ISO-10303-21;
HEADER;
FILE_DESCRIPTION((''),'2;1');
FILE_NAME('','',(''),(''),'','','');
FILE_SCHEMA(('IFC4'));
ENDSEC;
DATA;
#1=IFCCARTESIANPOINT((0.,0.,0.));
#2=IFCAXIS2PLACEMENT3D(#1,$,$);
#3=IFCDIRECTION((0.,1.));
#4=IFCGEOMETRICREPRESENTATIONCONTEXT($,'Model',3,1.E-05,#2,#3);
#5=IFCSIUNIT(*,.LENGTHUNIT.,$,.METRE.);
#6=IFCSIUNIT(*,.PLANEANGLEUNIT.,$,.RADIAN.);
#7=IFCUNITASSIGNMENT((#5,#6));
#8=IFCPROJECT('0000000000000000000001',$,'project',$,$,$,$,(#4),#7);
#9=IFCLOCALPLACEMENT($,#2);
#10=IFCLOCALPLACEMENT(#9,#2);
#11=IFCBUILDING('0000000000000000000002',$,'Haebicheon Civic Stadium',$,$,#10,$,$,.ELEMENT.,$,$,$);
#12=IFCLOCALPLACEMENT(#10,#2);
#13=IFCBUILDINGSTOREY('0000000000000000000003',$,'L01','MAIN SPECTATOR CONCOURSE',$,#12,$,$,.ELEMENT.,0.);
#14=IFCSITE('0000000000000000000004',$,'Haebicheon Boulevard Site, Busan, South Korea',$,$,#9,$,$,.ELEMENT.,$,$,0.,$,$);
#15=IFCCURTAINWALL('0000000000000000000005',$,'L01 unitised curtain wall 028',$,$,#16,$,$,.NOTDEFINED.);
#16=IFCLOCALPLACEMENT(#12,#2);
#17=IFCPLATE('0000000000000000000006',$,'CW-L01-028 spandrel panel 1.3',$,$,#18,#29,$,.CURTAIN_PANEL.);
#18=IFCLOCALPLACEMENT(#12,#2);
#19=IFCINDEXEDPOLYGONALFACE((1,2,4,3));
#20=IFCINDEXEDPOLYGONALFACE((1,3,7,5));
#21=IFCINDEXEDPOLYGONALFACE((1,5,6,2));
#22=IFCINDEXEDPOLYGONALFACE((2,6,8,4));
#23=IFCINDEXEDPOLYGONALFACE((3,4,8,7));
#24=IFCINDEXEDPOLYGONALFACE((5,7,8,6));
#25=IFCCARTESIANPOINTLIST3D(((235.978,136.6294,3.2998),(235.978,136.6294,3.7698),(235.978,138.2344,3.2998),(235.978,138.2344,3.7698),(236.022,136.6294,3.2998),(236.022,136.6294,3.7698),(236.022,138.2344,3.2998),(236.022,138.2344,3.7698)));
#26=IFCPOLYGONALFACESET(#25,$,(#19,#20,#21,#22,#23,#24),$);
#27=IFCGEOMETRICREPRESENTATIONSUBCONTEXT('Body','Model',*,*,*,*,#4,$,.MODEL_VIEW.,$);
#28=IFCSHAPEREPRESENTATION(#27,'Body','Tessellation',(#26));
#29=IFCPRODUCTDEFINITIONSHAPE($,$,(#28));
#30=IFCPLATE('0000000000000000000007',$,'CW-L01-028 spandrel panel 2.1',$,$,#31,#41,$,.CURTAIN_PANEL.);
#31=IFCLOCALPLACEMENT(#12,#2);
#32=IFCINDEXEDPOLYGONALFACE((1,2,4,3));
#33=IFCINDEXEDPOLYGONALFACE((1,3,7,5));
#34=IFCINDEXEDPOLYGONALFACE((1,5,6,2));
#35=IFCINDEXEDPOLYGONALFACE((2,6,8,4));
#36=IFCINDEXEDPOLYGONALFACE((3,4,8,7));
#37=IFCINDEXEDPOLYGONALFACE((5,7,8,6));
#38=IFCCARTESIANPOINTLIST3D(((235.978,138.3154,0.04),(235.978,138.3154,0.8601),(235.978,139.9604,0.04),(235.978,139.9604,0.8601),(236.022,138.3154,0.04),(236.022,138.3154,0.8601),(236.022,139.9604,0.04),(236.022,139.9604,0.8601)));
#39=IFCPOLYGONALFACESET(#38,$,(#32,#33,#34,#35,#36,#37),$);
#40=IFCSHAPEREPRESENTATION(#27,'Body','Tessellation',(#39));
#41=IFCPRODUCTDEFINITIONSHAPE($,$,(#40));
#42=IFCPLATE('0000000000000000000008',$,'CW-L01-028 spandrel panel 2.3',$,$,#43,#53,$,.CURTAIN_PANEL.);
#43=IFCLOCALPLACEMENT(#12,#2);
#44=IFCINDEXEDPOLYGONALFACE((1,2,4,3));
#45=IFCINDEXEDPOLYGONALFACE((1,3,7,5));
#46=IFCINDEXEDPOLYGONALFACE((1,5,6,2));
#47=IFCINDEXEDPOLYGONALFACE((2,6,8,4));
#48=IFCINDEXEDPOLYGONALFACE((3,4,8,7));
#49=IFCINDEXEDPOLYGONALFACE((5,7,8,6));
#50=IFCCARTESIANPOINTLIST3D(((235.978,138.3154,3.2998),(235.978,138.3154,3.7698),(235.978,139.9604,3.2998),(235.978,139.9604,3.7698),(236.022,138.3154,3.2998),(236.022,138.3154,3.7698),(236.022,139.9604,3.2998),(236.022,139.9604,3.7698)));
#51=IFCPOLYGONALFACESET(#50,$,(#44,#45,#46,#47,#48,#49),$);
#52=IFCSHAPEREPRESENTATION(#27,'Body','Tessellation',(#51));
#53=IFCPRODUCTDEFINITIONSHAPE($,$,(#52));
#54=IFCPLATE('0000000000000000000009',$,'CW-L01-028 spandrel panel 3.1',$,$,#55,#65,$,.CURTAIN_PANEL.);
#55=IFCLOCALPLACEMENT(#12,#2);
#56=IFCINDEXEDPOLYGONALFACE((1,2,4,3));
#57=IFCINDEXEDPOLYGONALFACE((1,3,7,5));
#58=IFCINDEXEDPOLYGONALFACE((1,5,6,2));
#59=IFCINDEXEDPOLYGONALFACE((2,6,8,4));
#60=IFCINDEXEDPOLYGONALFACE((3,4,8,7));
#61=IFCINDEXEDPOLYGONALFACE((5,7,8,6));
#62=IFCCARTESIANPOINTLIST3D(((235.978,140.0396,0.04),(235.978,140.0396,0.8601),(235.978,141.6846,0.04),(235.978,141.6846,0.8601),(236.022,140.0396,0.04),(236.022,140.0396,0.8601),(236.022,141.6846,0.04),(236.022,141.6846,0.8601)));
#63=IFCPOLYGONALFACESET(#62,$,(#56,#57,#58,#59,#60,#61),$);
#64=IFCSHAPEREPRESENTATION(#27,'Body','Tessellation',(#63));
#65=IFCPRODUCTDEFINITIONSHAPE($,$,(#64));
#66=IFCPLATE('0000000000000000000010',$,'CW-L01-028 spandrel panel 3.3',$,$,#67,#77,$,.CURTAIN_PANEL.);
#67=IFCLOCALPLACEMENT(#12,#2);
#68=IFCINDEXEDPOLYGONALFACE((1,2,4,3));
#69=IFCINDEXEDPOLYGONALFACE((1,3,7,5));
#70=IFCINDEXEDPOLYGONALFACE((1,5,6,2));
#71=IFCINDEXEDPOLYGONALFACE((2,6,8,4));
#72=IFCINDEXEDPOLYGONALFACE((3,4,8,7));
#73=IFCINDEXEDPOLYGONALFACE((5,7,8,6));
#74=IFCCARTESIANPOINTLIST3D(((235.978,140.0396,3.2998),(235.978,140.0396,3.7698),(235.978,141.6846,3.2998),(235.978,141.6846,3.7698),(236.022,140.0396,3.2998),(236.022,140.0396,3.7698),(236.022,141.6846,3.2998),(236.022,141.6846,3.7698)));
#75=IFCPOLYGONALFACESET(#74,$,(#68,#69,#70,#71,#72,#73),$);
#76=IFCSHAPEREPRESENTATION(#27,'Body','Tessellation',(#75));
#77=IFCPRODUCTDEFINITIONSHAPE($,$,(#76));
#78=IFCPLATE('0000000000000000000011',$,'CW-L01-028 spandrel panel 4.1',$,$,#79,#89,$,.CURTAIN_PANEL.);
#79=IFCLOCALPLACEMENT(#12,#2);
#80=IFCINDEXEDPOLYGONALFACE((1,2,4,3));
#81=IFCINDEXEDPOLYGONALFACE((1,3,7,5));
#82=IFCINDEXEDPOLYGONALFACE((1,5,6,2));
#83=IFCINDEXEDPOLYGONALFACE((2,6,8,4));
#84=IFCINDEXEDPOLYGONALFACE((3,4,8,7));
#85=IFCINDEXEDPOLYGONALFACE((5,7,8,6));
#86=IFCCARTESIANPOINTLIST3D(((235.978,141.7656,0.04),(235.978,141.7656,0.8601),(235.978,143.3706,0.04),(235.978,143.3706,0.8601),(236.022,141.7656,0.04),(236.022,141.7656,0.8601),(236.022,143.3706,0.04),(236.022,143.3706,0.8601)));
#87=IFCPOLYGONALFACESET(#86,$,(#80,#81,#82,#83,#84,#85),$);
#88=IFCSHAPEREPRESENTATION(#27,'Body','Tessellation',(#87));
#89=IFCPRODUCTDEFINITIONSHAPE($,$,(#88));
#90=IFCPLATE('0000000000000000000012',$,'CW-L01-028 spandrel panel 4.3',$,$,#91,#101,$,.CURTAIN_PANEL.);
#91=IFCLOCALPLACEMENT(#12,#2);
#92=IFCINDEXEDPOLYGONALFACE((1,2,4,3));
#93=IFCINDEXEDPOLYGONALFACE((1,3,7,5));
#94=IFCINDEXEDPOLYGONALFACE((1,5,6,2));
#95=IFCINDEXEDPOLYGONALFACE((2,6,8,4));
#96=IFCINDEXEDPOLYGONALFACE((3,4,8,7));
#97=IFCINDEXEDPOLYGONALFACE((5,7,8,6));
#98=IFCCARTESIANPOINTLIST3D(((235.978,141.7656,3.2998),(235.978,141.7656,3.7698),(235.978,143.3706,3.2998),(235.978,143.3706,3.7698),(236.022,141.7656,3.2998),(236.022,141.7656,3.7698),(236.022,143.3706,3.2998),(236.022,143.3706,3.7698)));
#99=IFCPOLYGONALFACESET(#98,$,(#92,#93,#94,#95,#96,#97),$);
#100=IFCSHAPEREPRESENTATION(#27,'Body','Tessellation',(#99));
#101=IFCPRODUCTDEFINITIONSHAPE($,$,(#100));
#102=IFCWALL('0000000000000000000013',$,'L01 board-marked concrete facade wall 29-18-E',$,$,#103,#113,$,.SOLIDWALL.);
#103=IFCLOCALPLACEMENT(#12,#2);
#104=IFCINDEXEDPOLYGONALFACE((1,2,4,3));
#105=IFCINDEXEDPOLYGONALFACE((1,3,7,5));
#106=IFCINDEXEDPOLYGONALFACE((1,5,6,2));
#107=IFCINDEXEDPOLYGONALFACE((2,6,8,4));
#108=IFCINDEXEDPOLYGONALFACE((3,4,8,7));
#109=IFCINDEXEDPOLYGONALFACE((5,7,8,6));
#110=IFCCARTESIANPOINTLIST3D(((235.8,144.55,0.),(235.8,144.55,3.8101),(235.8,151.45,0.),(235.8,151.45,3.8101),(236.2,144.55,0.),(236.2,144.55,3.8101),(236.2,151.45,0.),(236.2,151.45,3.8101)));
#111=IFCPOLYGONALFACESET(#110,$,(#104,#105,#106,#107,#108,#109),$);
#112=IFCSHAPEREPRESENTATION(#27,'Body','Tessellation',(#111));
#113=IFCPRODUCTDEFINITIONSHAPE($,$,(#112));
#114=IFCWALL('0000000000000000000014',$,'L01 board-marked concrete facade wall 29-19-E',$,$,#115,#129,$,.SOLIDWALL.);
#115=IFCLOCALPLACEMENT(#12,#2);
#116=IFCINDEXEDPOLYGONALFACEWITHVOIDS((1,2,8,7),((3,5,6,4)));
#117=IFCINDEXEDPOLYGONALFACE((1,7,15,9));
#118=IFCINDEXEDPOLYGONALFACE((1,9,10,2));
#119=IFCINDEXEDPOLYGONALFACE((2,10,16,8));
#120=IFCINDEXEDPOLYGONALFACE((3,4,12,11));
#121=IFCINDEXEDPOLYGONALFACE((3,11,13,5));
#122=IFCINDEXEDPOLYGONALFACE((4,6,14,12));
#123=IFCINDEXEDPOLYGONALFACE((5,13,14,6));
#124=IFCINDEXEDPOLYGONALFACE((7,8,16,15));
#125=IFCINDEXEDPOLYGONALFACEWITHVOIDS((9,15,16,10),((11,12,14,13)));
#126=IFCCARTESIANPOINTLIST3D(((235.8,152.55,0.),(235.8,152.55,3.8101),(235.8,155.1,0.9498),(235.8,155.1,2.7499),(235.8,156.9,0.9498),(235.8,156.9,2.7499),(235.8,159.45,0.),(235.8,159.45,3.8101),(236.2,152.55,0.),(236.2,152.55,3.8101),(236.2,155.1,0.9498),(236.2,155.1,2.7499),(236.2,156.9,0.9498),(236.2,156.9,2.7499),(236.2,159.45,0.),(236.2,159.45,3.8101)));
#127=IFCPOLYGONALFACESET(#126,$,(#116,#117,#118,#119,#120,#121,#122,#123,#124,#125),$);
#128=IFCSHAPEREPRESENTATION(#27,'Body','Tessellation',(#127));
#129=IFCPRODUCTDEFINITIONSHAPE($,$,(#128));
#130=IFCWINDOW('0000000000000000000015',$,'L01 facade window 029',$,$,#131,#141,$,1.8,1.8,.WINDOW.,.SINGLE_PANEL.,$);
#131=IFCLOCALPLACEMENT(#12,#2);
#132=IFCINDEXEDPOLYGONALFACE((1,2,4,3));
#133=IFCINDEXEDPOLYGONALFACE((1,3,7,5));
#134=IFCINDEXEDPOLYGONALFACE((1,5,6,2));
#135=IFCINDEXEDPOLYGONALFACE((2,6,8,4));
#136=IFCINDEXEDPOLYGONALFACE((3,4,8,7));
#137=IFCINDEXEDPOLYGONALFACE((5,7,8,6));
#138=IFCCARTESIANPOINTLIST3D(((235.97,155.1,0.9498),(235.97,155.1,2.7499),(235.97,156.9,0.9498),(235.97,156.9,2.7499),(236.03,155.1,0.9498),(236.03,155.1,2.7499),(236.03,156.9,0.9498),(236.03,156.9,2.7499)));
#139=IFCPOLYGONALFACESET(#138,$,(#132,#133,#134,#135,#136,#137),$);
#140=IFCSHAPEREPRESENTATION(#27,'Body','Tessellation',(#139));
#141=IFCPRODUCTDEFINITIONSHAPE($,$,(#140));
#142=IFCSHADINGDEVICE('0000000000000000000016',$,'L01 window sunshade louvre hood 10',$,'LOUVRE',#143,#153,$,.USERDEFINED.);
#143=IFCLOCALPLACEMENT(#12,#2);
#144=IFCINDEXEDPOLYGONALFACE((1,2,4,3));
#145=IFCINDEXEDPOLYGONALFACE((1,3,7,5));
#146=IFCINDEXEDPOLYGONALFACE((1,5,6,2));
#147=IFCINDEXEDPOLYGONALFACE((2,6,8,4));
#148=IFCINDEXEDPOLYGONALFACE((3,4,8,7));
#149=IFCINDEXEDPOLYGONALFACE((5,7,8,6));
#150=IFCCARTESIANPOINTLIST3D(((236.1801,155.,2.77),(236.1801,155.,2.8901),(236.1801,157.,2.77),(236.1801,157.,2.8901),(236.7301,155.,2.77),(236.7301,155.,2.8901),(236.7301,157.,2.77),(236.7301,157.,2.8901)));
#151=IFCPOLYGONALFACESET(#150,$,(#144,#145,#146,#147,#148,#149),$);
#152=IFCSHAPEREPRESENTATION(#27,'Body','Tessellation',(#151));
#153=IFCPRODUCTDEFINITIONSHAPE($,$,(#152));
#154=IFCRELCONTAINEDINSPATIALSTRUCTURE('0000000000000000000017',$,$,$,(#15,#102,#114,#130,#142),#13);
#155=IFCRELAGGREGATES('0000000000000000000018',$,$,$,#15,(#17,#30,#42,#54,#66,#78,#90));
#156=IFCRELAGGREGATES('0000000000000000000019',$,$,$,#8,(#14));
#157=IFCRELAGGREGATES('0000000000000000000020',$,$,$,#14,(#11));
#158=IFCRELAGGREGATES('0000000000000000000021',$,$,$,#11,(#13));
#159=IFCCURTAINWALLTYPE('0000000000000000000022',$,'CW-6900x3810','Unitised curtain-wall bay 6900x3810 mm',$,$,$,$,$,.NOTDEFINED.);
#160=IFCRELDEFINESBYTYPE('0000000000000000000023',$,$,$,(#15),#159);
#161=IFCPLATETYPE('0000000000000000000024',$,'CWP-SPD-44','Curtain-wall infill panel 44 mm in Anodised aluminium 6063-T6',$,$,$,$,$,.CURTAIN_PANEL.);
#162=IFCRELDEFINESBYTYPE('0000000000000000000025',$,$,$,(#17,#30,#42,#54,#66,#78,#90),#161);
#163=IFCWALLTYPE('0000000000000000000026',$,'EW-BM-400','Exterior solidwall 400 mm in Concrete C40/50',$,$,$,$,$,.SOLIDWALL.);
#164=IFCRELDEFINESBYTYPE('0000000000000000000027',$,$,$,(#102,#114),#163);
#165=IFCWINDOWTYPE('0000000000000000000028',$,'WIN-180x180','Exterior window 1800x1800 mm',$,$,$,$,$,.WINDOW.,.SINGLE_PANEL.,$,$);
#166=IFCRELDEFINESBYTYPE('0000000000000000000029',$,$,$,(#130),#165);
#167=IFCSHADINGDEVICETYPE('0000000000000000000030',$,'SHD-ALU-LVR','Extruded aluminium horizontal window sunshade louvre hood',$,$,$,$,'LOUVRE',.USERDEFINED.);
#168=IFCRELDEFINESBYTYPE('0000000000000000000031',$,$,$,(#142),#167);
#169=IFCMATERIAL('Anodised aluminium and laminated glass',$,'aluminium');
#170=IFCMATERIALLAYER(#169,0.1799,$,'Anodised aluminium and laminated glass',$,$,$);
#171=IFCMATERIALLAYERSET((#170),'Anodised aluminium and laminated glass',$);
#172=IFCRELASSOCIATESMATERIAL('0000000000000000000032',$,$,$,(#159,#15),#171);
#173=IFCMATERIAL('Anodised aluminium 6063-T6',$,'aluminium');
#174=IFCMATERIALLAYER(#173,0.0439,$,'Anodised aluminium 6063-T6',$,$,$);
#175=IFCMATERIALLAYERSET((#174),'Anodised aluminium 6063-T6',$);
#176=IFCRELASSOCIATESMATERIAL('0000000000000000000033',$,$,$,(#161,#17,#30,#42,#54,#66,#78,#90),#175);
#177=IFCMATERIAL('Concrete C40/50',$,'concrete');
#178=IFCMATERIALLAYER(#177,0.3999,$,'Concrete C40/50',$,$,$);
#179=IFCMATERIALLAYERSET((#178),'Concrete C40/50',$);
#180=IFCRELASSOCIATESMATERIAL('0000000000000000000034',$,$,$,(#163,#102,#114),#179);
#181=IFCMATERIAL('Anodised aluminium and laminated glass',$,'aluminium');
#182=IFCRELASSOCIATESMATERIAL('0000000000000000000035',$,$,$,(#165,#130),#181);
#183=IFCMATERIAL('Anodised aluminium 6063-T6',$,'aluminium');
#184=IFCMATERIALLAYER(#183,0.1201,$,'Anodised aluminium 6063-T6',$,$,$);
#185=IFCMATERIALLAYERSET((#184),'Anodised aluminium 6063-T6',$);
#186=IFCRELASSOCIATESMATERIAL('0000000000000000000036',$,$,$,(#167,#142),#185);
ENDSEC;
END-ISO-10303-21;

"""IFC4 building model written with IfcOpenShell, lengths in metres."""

from ifc_helpers import new_model, si_unit, direction, frame, frame_2d, origin, origin_2d, place, context, subcontext, project, spatial, rectangle, extrude, material, layer, layer_set, type_object, element, fill, aggregate, save


model = new_model("IFC4")

# Units and contexts
model_context = context("Model", 3, precision=1e-05, world=origin(), true_north=direction((0.0, 1.0)))
body_context = subcontext(model_context, "Body", "Model", "MODEL_VIEW")
ifc_project = project(units=[si_unit("LENGTHUNIT", "METRE"), si_unit("PLANEANGLEUNIT", "RADIAN")], contexts=[model_context])

# Site, building, storey
site_placement = place(None, origin())
site = spatial("IfcSite", under=ifc_project, at=site_placement, Name="Haebicheon Boulevard Site, Busan, South Korea", CompositionType="ELEMENT", RefElevation=0.0)
building_placement = place(site_placement, origin())
building = spatial("IfcBuilding", under=site, at=building_placement, Name="Haebicheon Civic Stadium", CompositionType="ELEMENT")
storey_placement = place(building_placement, origin())
storey = spatial("IfcBuildingStorey", under=building, at=storey_placement, Name="L01", Description="MAIN SPECTATOR CONCOURSE", CompositionType="ELEMENT", Elevation=0.0)

# Curtain wall
ifc_material_1 = material(Name="Anodised aluminium and laminated glass", Category="aluminium")
ifc_layer_1 = layer(ifc_material_1, 0.1799, Name="Anodised aluminium and laminated glass")
ifc_layer_set_1 = layer_set([ifc_layer_1], Name="Anodised aluminium and laminated glass")
curtain_wall_type = type_object("IfcCurtainWallType", Name="CW-6900x3810", Description="Unitised curtain-wall bay 6900x3810 mm", PredefinedType="NOTDEFINED", material=ifc_layer_set_1)
curtain_wall_placement = place(storey_placement, origin())
curtain_wall = element("IfcCurtainWall", 1, at=curtain_wall_placement, inside=storey, type_object=curtain_wall_type, material=ifc_layer_set_1, Name="L01 unitised curtain wall 028", PredefinedType="NOTDEFINED")

# Plates
ifc_material_2 = material(Name="Anodised aluminium 6063-T6", Category="aluminium")
ifc_layer_2 = layer(ifc_material_2, 0.0439, Name="Anodised aluminium 6063-T6")
ifc_layer_set_2 = layer_set([ifc_layer_2], Name="Anodised aluminium 6063-T6")
plate_type_1 = type_object("IfcPlateType", Name="CWP-SPD-44", Description="Curtain-wall infill panel 44 mm in Anodised aluminium 6063-T6", PredefinedType="CURTAIN_PANEL", material=ifc_layer_set_2)
plate_1_placement = place(storey_placement, frame((236.0, 137.4319, 3.2998), z_axis=(0.0, 0.0, 1.0), x_axis=(0.0, 1.0, 0.0)))
plate_1 = element("IfcPlate", 2, at=plate_1_placement, type_object=plate_type_1, material=ifc_layer_set_2, Name="CW-L01-028 spandrel panel 1.3", PredefinedType="CURTAIN_PANEL", context=body_context, shape_type="SweptSolid", body=[
    extrude(rectangle(XDim=1.605, YDim=0.0439, at=origin_2d()), origin(), (0.0, 0.0, 1.0), 0.47),
])
plate_2_placement = place(storey_placement, frame((236.0, 139.1379, 0.04), z_axis=(0.0, 0.0, 1.0), x_axis=(0.0, 1.0, 0.0)))
plate_2 = element("IfcPlate", 3, at=plate_2_placement, type_object=plate_type_1, material=ifc_layer_set_2, Name="CW-L01-028 spandrel panel 2.1", PredefinedType="CURTAIN_PANEL", context=body_context, shape_type="SweptSolid", body=[
    extrude(rectangle(XDim=1.645, YDim=0.0439, at=origin_2d()), origin(), (0.0, 0.0, 1.0), 0.8201),
])
plate_3_placement = place(storey_placement, frame((236.0, 139.1379, 3.2998), z_axis=(0.0, 0.0, 1.0), x_axis=(0.0, 1.0, 0.0)))
plate_3 = element("IfcPlate", 4, at=plate_3_placement, type_object=plate_type_1, material=ifc_layer_set_2, Name="CW-L01-028 spandrel panel 2.3", PredefinedType="CURTAIN_PANEL", context=body_context, shape_type="SweptSolid", body=[
    extrude(rectangle(XDim=1.645, YDim=0.0439, at=origin_2d()), origin(), (0.0, 0.0, 1.0), 0.47),
])
plate_4_placement = place(storey_placement, frame((236.0, 140.8621, 0.04), z_axis=(0.0, 0.0, 1.0), x_axis=(0.0, 1.0, 0.0)))
plate_4 = element("IfcPlate", 5, at=plate_4_placement, type_object=plate_type_1, material=ifc_layer_set_2, Name="CW-L01-028 spandrel panel 3.1", PredefinedType="CURTAIN_PANEL", context=body_context, shape_type="SweptSolid", body=[
    extrude(rectangle(XDim=1.645, YDim=0.0439, at=origin_2d()), origin(), (0.0, 0.0, 1.0), 0.8201),
])
plate_5_placement = place(storey_placement, frame((236.0, 140.8621, 3.2998), z_axis=(0.0, 0.0, 1.0), x_axis=(0.0, 1.0, 0.0)))
plate_5 = element("IfcPlate", 6, at=plate_5_placement, type_object=plate_type_1, material=ifc_layer_set_2, Name="CW-L01-028 spandrel panel 3.3", PredefinedType="CURTAIN_PANEL", context=body_context, shape_type="SweptSolid", body=[
    extrude(rectangle(XDim=1.645, YDim=0.0439, at=origin_2d()), origin(), (0.0, 0.0, 1.0), 0.47),
])
plate_6_placement = place(storey_placement, frame((236.0, 142.5681, 0.04), z_axis=(0.0, 0.0, 1.0), x_axis=(0.0, 1.0, 0.0)))
plate_6 = element("IfcPlate", 7, at=plate_6_placement, type_object=plate_type_1, material=ifc_layer_set_2, Name="CW-L01-028 spandrel panel 4.1", PredefinedType="CURTAIN_PANEL", context=body_context, shape_type="SweptSolid", body=[
    extrude(rectangle(XDim=1.605, YDim=0.0439, at=origin_2d()), origin(), (0.0, 0.0, 1.0), 0.8201),
])
plate_7_placement = place(storey_placement, frame((236.0, 142.5681, 3.2998), z_axis=(0.0, 0.0, 1.0), x_axis=(0.0, 1.0, 0.0)))
plate_7 = element("IfcPlate", 8, at=plate_7_placement, type_object=plate_type_1, material=ifc_layer_set_2, Name="CW-L01-028 spandrel panel 4.3", PredefinedType="CURTAIN_PANEL", context=body_context, shape_type="SweptSolid", body=[
    extrude(rectangle(XDim=1.605, YDim=0.0439, at=origin_2d()), origin(), (0.0, 0.0, 1.0), 0.47),
])
aggregate(curtain_wall, [plate_1, plate_2, plate_3, plate_4, plate_5, plate_6, plate_7])

# Wall
ifc_material_3 = material(Name="Concrete C40/50", Category="concrete")
ifc_layer_3 = layer(ifc_material_3, 0.3999, Name="Concrete C40/50")
ifc_layer_set_3 = layer_set([ifc_layer_3], Name="Concrete C40/50")
wall_type = type_object("IfcWallType", Name="EW-BM-400", Description="Exterior solidwall 400 mm in Concrete C40/50", PredefinedType="SOLIDWALL", material=ifc_layer_set_3)
wall_1_placement = place(storey_placement, frame((236.0, 144.55, 0.0), z_axis=(0.0, 0.0, 1.0), x_axis=(0.0, 1.0, 0.0)))
element("IfcWall", 9, at=wall_1_placement, inside=storey, type_object=wall_type, material=ifc_layer_set_3, Name="L01 board-marked concrete facade wall 29-18-E", PredefinedType="SOLIDWALL", context=body_context, shape_type="SweptSolid", body=[
    extrude(rectangle(XDim=6.8999, YDim=0.3999, at=frame_2d((3.45, 0.0))), origin(), (0.0, 0.0, 1.0), 3.8101),
])

# Wall, opening, window
wall_2_placement = place(storey_placement, frame((236.0, 152.55, 0.0), z_axis=(0.0, 0.0, 1.0), x_axis=(0.0, 1.0, 0.0)))
wall_2 = element("IfcWall", 10, at=wall_2_placement, inside=storey, type_object=wall_type, material=ifc_layer_set_3, Name="L01 board-marked concrete facade wall 29-19-E", PredefinedType="SOLIDWALL", context=body_context, shape_type="SweptSolid", body=[
    extrude(rectangle(XDim=6.8999, YDim=0.3999, at=frame_2d((3.45, 0.0))), origin(), (0.0, 0.0, 1.0), 3.8101),
])
opening_placement = place(wall_2_placement, frame((2.55, 0.0, 0.95)))
opening = element("IfcOpeningElement", 11, at=opening_placement, cuts=wall_2, PredefinedType="OPENING", context=body_context, shape_type="SweptSolid", body=[
    extrude(rectangle(XDim=1.8, YDim=1.8, at=frame_2d((0.8999, 0.8999))), frame((0.0, 0.21, 0.0), z_axis=(0.0, -1.0, 0.0), x_axis=(1.0, 0.0, 0.0)), (0.0, 0.0, 1.0), 0.4199),
])
ifc_material_4 = material(Name="Anodised aluminium and laminated glass", Category="aluminium")
window_type = type_object("IfcWindowType", Name="WIN-180x180", Description="Exterior window 1800x1800 mm", PartitioningType="SINGLE_PANEL", PredefinedType="WINDOW", material=ifc_material_4)
window_placement = place(opening_placement, origin())
window = element("IfcWindow", 12, at=window_placement, inside=storey, type_object=window_type, material=ifc_material_4, Name="L01 facade window 029", OverallHeight=1.8, OverallWidth=1.8, PartitioningType="SINGLE_PANEL", PredefinedType="WINDOW", context=body_context, shape_type="SweptSolid", body=[
    extrude(rectangle(XDim=1.8, YDim=1.8, at=frame_2d((0.8999, 0.8999))), frame((0.0, 0.03, 0.0), z_axis=(0.0, -1.0, 0.0), x_axis=(1.0, 0.0, 0.0)), (0.0, 0.0, 1.0), 0.0601),
])
fill(opening, window)

# Shading device
ifc_material_5 = material(Name="Anodised aluminium 6063-T6", Category="aluminium")
ifc_layer_4 = layer(ifc_material_5, 0.1201, Name="Anodised aluminium 6063-T6")
ifc_layer_set_4 = layer_set([ifc_layer_4], Name="Anodised aluminium 6063-T6")
shading_device_type = type_object("IfcShadingDeviceType", Name="SHD-ALU-LVR", Description="Extruded aluminium horizontal window sunshade louvre hood", ElementType="LOUVRE", PredefinedType="USERDEFINED", material=ifc_layer_set_4)
shading_device_placement = place(storey_placement, frame((236.4551, 156.0, 2.77), z_axis=(0.0, 0.0, 1.0), x_axis=(1.0, 0.0, 0.0)))
element("IfcShadingDevice", 13, at=shading_device_placement, inside=storey, type_object=shading_device_type, material=ifc_layer_set_4, Name="L01 window sunshade louvre hood 10", ObjectType="LOUVRE", PredefinedType="USERDEFINED", context=body_context, shape_type="SweptSolid", body=[
    extrude(rectangle(XDim=0.55, YDim=2.0, at=origin_2d()), origin(), (0.0, 0.0, 1.0), 0.1201),
])

save(model, "model.ifc")
